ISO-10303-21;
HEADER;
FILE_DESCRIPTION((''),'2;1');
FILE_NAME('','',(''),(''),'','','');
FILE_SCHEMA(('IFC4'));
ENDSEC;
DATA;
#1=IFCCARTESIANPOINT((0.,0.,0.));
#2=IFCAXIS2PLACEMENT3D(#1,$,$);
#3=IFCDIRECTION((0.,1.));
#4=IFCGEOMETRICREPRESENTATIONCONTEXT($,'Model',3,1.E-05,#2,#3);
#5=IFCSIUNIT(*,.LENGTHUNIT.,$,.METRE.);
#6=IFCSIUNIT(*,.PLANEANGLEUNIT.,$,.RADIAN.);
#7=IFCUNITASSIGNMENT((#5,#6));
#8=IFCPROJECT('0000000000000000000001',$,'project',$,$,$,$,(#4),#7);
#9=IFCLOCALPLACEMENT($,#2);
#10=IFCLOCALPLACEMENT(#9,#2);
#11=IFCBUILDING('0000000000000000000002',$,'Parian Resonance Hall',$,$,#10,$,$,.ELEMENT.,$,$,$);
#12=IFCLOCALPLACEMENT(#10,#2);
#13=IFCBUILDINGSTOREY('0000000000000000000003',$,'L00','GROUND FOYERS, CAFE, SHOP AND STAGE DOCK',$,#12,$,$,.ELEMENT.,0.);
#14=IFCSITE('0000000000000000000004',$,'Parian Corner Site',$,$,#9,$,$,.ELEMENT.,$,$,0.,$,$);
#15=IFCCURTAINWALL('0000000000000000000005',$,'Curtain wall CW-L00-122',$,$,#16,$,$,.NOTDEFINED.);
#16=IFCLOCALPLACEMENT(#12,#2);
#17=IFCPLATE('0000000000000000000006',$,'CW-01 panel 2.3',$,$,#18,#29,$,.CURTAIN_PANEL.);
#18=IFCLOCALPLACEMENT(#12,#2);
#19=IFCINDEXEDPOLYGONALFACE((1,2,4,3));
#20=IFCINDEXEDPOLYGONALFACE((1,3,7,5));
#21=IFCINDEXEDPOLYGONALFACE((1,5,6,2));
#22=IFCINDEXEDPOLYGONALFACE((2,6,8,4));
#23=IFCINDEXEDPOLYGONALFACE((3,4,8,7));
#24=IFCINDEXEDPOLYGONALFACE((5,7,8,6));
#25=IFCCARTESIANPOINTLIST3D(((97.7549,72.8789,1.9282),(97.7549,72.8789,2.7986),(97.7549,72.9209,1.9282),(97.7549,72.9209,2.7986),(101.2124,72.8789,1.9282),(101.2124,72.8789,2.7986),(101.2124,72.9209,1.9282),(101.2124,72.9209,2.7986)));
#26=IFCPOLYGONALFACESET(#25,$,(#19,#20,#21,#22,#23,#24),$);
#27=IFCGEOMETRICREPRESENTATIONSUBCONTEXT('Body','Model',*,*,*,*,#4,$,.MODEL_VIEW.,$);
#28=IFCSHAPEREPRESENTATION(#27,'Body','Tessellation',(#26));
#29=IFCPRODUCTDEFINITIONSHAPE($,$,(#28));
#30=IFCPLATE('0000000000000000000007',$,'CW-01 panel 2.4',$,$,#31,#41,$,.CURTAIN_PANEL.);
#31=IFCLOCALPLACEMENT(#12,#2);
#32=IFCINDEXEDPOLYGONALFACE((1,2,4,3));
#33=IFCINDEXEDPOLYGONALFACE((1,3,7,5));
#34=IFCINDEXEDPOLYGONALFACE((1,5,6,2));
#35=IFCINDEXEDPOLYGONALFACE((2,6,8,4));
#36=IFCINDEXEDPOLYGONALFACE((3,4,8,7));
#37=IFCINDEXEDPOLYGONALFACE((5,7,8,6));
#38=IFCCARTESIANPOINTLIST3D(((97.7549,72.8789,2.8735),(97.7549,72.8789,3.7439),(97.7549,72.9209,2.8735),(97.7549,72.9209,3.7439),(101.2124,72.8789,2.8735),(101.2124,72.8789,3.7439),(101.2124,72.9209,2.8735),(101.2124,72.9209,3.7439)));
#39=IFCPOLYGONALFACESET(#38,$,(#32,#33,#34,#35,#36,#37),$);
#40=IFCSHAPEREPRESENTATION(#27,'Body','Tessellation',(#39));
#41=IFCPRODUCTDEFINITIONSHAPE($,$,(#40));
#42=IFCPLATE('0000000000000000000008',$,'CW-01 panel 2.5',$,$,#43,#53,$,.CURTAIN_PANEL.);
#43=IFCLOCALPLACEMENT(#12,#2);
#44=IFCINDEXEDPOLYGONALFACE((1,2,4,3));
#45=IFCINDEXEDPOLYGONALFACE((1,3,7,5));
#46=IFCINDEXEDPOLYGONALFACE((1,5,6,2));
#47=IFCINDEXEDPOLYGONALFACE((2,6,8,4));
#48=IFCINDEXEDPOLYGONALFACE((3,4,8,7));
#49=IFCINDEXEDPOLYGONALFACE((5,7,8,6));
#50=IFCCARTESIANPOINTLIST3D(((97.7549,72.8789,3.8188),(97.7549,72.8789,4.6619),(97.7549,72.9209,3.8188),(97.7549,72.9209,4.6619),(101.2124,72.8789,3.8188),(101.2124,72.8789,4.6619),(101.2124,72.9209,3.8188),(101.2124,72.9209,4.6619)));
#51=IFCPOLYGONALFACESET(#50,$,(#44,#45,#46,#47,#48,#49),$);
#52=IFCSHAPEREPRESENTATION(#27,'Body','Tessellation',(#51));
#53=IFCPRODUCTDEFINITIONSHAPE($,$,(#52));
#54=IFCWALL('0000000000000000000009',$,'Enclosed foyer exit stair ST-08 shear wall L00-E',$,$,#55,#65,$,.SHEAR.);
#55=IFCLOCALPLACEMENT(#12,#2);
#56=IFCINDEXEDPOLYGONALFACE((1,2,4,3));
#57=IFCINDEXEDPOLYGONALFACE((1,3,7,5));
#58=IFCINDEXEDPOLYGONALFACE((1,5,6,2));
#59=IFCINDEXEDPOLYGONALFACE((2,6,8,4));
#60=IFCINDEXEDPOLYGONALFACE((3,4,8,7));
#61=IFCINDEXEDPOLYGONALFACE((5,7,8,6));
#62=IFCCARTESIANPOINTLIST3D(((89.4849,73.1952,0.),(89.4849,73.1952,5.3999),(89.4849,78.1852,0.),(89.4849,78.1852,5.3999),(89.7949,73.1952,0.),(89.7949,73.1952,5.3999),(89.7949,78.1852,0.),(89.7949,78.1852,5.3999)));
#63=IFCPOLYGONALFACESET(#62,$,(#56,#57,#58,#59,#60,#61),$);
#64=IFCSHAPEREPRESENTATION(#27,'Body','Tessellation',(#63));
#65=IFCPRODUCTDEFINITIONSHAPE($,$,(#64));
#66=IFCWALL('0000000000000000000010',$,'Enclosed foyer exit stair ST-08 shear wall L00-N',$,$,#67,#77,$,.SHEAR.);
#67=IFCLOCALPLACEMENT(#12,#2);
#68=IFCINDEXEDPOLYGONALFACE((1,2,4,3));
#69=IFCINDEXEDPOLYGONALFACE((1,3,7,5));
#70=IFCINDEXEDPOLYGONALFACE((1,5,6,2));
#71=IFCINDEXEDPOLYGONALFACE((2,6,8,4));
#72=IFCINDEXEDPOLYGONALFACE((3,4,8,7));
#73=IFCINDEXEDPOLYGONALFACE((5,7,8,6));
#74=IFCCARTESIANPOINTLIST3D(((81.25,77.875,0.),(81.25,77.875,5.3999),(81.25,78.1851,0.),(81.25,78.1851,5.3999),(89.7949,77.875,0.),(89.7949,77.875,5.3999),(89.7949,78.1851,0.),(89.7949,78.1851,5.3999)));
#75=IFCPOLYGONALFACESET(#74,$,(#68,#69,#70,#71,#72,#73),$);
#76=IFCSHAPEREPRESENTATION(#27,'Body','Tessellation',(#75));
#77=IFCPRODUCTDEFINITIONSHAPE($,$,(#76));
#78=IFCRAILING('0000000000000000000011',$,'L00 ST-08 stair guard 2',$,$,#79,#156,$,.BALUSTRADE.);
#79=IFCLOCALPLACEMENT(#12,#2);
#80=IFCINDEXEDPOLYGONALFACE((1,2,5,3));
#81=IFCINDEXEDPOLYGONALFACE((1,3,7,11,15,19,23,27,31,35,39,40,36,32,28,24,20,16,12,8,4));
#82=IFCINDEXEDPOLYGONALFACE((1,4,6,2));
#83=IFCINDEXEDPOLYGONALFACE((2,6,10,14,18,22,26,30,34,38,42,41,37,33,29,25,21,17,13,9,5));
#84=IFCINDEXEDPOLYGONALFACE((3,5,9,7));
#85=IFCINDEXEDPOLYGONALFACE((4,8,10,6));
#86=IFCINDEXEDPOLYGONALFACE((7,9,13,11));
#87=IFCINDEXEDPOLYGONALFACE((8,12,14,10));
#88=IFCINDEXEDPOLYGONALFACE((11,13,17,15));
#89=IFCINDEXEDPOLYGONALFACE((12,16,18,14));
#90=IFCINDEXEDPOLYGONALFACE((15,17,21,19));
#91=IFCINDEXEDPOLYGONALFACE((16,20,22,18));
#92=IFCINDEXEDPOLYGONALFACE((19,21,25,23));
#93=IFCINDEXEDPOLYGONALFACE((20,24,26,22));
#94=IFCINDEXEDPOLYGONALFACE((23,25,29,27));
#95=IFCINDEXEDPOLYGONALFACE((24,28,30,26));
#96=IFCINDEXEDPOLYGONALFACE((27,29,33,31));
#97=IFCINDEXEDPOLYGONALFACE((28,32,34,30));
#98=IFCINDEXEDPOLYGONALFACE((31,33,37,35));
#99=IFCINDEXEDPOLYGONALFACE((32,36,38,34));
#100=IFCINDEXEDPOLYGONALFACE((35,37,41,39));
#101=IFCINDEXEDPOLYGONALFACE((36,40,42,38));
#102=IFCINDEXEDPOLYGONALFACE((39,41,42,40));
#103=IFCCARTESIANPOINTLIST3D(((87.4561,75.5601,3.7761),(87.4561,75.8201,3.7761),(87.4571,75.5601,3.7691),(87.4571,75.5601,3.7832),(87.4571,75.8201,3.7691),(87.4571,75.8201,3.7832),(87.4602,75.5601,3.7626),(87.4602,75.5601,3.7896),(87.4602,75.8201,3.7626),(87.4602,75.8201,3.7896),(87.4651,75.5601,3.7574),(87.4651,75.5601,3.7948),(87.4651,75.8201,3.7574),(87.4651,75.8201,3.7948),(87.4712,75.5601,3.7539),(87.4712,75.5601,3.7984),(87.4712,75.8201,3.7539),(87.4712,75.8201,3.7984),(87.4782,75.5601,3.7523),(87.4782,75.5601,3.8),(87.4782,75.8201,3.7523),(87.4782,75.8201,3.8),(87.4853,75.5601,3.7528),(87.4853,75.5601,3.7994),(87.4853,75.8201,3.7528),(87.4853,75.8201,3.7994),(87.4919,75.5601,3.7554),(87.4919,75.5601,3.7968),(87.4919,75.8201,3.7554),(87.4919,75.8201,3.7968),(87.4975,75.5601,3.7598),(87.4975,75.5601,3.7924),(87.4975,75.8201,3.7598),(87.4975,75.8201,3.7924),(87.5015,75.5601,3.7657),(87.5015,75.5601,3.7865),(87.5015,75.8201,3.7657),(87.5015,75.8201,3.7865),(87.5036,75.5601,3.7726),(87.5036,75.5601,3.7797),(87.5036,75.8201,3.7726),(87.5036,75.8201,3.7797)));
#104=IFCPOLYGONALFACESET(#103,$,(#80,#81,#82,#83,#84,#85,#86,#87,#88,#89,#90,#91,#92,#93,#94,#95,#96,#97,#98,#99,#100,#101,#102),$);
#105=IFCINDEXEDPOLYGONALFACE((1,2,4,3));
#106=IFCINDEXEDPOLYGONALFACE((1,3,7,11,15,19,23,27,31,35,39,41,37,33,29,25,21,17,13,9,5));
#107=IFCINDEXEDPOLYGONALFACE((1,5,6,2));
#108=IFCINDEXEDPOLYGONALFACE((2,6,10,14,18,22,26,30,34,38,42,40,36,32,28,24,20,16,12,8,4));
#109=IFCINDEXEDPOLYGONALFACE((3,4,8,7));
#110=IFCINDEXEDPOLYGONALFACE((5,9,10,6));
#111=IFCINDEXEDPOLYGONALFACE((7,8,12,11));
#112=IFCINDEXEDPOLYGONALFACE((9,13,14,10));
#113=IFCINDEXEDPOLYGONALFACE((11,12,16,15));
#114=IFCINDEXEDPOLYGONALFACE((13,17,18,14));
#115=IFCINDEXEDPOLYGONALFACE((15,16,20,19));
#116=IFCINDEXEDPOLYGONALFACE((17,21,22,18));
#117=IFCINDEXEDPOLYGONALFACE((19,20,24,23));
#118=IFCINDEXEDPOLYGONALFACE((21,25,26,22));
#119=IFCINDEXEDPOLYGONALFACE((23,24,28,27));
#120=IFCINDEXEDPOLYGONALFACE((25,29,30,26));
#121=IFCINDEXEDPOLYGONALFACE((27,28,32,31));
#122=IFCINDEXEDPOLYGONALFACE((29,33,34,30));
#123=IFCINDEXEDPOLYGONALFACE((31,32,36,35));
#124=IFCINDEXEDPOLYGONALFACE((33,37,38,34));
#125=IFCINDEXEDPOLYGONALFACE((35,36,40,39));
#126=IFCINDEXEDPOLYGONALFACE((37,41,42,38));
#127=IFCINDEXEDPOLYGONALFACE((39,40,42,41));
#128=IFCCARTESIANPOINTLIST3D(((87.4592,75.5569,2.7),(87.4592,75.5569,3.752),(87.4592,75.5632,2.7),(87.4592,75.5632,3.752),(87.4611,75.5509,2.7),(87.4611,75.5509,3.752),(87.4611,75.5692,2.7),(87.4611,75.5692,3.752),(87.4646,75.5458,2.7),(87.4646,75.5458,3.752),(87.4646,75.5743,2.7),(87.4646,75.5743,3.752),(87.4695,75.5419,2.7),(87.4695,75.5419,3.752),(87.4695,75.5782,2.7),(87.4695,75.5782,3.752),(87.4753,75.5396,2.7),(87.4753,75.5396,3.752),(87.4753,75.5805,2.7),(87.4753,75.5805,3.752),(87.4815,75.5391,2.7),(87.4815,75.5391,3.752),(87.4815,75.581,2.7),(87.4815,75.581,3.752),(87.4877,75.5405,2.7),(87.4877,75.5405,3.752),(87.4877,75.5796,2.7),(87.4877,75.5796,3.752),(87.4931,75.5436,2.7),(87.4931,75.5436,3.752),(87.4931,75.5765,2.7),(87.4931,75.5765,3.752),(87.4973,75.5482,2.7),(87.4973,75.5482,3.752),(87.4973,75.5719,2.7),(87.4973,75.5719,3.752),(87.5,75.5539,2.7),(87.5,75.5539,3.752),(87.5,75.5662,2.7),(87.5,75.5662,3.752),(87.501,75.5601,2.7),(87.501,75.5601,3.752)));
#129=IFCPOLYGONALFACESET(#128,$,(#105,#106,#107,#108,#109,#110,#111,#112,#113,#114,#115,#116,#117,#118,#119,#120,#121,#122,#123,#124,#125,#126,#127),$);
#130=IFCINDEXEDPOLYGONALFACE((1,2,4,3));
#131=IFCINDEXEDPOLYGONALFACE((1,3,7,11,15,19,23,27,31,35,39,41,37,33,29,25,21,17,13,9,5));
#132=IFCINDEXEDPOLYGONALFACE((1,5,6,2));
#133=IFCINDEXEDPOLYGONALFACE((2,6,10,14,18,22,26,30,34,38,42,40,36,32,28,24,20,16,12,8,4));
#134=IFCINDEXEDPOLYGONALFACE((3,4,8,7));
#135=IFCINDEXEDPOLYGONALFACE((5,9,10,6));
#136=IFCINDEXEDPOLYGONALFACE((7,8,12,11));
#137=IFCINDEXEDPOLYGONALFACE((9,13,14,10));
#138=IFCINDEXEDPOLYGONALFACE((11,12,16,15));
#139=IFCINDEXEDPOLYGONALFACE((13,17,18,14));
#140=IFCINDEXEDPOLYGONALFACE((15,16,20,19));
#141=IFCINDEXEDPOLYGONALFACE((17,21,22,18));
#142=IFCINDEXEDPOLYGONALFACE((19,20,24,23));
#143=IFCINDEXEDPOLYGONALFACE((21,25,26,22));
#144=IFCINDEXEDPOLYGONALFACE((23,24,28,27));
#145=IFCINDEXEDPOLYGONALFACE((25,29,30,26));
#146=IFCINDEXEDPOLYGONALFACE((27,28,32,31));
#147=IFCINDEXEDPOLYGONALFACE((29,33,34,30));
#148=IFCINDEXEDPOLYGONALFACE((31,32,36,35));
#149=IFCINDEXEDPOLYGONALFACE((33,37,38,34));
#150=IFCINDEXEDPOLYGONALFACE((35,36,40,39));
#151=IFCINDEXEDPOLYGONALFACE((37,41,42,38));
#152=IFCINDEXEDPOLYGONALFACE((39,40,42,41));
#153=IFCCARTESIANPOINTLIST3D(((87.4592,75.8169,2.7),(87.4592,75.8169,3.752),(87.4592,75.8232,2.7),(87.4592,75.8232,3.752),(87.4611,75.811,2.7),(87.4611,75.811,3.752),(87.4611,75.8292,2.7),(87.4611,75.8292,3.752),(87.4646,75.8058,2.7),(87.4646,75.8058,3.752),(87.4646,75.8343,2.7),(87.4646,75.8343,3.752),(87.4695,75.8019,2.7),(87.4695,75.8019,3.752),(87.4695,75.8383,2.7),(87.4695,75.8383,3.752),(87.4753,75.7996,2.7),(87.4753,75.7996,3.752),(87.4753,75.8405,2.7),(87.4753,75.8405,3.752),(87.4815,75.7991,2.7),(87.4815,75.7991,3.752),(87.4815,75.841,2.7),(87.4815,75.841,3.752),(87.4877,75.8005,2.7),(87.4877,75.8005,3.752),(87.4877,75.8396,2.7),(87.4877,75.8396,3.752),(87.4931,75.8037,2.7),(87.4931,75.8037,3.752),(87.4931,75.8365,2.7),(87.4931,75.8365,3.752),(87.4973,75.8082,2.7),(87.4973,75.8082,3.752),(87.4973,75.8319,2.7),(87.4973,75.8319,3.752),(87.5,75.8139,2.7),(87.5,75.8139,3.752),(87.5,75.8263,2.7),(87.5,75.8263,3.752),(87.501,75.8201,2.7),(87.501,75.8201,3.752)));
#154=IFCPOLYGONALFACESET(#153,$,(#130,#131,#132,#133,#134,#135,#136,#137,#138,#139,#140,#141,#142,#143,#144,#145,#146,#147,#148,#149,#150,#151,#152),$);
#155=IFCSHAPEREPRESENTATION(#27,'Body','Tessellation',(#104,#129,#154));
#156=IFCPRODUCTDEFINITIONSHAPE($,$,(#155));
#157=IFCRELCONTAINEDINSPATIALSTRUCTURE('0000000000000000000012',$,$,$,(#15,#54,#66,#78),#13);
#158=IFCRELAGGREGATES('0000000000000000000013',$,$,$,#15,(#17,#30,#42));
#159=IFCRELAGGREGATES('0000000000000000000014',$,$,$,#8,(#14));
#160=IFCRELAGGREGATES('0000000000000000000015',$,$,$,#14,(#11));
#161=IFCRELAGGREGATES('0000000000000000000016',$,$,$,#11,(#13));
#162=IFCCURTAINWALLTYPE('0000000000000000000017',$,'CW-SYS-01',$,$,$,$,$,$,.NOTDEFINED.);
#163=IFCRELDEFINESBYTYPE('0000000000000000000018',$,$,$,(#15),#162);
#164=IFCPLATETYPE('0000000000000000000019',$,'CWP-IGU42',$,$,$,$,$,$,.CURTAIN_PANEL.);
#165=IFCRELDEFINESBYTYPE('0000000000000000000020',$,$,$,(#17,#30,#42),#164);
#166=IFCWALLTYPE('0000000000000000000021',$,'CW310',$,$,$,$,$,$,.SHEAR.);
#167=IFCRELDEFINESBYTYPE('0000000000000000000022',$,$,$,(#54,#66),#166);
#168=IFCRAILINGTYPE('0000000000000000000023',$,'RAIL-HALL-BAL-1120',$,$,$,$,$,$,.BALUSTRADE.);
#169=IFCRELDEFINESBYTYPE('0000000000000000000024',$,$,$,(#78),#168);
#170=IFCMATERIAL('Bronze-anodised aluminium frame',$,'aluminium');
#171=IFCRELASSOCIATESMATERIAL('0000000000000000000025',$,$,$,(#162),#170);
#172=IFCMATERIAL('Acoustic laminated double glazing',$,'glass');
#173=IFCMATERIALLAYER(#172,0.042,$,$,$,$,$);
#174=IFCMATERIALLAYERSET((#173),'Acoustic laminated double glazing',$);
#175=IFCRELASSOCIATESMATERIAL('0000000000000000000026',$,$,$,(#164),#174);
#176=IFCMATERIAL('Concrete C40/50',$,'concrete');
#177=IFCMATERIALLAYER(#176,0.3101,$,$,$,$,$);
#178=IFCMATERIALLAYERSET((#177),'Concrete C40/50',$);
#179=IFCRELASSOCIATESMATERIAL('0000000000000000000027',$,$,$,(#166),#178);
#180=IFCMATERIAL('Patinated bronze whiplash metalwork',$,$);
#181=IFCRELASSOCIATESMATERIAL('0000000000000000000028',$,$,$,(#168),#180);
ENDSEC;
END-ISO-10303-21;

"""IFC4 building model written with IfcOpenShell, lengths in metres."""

from ifc_helpers import new_model, si_unit, direction, frame, frame_2d, origin, origin_2d, place, context, subcontext, project, spatial, rectangle, circle, extrude, material, layer, layer_set, type_object, element, aggregate, save


model = new_model("IFC4")

# Units and contexts
model_context = context("Model", 3, precision=1e-05, world=origin(), true_north=direction((0.0, 1.0)))
body_context = subcontext(model_context, "Body", "Model", "MODEL_VIEW")
ifc_project = project(units=[si_unit("LENGTHUNIT", "METRE"), si_unit("PLANEANGLEUNIT", "RADIAN")], contexts=[model_context])

# Site, building, storey
site_placement = place(None, origin())
site = spatial("IfcSite", under=ifc_project, at=site_placement, Name="Parian Corner Site", CompositionType="ELEMENT", RefElevation=0.0)
building_placement = place(site_placement, origin())
building = spatial("IfcBuilding", under=site, at=building_placement, Name="Parian Resonance Hall", CompositionType="ELEMENT")
storey_placement = place(building_placement, origin())
storey = spatial("IfcBuildingStorey", under=building, at=storey_placement, Name="L00", Description="GROUND FOYERS, CAFE, SHOP AND STAGE DOCK", CompositionType="ELEMENT", Elevation=0.0)

# Curtain wall
ifc_material_1 = material(Name="Bronze-anodised aluminium frame", Category="aluminium")
curtain_wall_type_1 = type_object("IfcCurtainWallType", Name="CW-SYS-01", PredefinedType="NOTDEFINED", material=ifc_material_1)
curtain_wall_1_placement = place(storey_placement, origin())
curtain_wall_1 = element("IfcCurtainWall", 1, at=curtain_wall_1_placement, inside=storey, type_object=curtain_wall_type_1, Name="Curtain wall CW-L00-122", PredefinedType="NOTDEFINED")

# Plates
ifc_material_2 = material(Name="Acoustic laminated double glazing", Category="glass")
ifc_layer_1 = layer(ifc_material_2, 0.042)
ifc_layer_set_1 = layer_set([ifc_layer_1], Name="Acoustic laminated double glazing")
plate_type = type_object("IfcPlateType", Name="CWP-IGU42", PredefinedType="CURTAIN_PANEL", material=ifc_layer_set_1)
plate_1_placement = place(storey_placement, frame((99.4836, 72.8999, 1.9282), z_axis=(0.0, 0.0, 1.0), x_axis=(-1.0, 0.0, 0.0)))
plate_1 = element("IfcPlate", 2, at=plate_1_placement, type_object=plate_type, Name="CW-01 panel 2.3", PredefinedType="CURTAIN_PANEL", context=body_context, shape_type="SweptSolid", body=[
    extrude(rectangle(XDim=3.4575, YDim=0.042, at=origin_2d()), origin(), (0.0, 0.0, 1.0), 0.8704),
])
plate_2_placement = place(storey_placement, frame((99.4836, 72.8999, 2.8735), z_axis=(0.0, 0.0, 1.0), x_axis=(-1.0, 0.0, 0.0)))
plate_2 = element("IfcPlate", 3, at=plate_2_placement, type_object=plate_type, Name="CW-01 panel 2.4", PredefinedType="CURTAIN_PANEL", context=body_context, shape_type="SweptSolid", body=[
    extrude(rectangle(XDim=3.4575, YDim=0.042, at=origin_2d()), origin(), (0.0, 0.0, 1.0), 0.8704),
])
plate_3_placement = place(storey_placement, frame((99.4836, 72.8999, 3.8188), z_axis=(0.0, 0.0, 1.0), x_axis=(-1.0, 0.0, 0.0)))
plate_3 = element("IfcPlate", 4, at=plate_3_placement, type_object=plate_type, Name="CW-01 panel 2.5", PredefinedType="CURTAIN_PANEL", context=body_context, shape_type="SweptSolid", body=[
    extrude(rectangle(XDim=3.4575, YDim=0.042, at=origin_2d()), origin(), (0.0, 0.0, 1.0), 0.843),
])
aggregate(curtain_wall_1, [plate_1, plate_2, plate_3])

# Walls
ifc_material_3 = material(Name="Concrete C40/50", Category="concrete")
ifc_layer_2 = layer(ifc_material_3, 0.3101)
ifc_layer_set_2 = layer_set([ifc_layer_2], Name="Concrete C40/50")
wall_type = type_object("IfcWallType", Name="CW310", PredefinedType="SHEAR", material=ifc_layer_set_2)
wall_1_placement = place(storey_placement, frame((89.6399, 73.1951, 0.0), z_axis=(0.0, 0.0, 1.0), x_axis=(0.0, 1.0, 0.0)))
element("IfcWall", 5, at=wall_1_placement, inside=storey, type_object=wall_type, Name="Enclosed foyer exit stair ST-08 shear wall L00-E", PredefinedType="SHEAR", context=body_context, shape_type="SweptSolid", body=[
    extrude(rectangle(XDim=4.99, YDim=0.3101, at=frame_2d((2.4951, 0.0))), origin(), (0.0, 0.0, 1.0), 5.3999),
])
wall_2_placement = place(storey_placement, frame((89.7949, 78.03, 0.0), z_axis=(0.0, 0.0, 1.0), x_axis=(-1.0, 0.0, 0.0)))
element("IfcWall", 6, at=wall_2_placement, inside=storey, type_object=wall_type, Name="Enclosed foyer exit stair ST-08 shear wall L00-N", PredefinedType="SHEAR", context=body_context, shape_type="SweptSolid", body=[
    extrude(rectangle(XDim=8.5449, YDim=0.3101, at=frame_2d((4.2725, 0.0))), origin(), (0.0, 0.0, 1.0), 5.3999),
])

# Railing
ifc_material_4 = material(Name="Patinated bronze whiplash metalwork")
railing_type_1 = type_object("IfcRailingType", Name="RAIL-HALL-BAL-1120", PredefinedType="BALUSTRADE", material=ifc_material_4)
railing_1_placement = place(storey_placement, frame((87.48, 75.5601, 2.7)))
element("IfcRailing", 7, at=railing_1_placement, inside=storey, type_object=railing_type_1, Name="L00 ST-08 stair guard 2", PredefinedType="BALUSTRADE", context=body_context, shape_type="SweptSolid", body=[
    extrude(circle(Radius=0.0239, at=origin_2d()), frame((0.0, 0.0, 1.0762), z_axis=(0.0, 1.0, 0.0), x_axis=(-1.0, 0.0, 0.0)), (0.0, 0.0, 1.0), 0.26),
    extrude(circle(Radius=0.021, at=origin_2d()), origin(), (0.0, 0.0, 1.0), 1.052),
    extrude(circle(Radius=0.021, at=origin_2d()), frame((0.0, 0.26, 0.0)), (0.0, 0.0, 1.0), 1.052),
])

save(model, "model.ifc")
